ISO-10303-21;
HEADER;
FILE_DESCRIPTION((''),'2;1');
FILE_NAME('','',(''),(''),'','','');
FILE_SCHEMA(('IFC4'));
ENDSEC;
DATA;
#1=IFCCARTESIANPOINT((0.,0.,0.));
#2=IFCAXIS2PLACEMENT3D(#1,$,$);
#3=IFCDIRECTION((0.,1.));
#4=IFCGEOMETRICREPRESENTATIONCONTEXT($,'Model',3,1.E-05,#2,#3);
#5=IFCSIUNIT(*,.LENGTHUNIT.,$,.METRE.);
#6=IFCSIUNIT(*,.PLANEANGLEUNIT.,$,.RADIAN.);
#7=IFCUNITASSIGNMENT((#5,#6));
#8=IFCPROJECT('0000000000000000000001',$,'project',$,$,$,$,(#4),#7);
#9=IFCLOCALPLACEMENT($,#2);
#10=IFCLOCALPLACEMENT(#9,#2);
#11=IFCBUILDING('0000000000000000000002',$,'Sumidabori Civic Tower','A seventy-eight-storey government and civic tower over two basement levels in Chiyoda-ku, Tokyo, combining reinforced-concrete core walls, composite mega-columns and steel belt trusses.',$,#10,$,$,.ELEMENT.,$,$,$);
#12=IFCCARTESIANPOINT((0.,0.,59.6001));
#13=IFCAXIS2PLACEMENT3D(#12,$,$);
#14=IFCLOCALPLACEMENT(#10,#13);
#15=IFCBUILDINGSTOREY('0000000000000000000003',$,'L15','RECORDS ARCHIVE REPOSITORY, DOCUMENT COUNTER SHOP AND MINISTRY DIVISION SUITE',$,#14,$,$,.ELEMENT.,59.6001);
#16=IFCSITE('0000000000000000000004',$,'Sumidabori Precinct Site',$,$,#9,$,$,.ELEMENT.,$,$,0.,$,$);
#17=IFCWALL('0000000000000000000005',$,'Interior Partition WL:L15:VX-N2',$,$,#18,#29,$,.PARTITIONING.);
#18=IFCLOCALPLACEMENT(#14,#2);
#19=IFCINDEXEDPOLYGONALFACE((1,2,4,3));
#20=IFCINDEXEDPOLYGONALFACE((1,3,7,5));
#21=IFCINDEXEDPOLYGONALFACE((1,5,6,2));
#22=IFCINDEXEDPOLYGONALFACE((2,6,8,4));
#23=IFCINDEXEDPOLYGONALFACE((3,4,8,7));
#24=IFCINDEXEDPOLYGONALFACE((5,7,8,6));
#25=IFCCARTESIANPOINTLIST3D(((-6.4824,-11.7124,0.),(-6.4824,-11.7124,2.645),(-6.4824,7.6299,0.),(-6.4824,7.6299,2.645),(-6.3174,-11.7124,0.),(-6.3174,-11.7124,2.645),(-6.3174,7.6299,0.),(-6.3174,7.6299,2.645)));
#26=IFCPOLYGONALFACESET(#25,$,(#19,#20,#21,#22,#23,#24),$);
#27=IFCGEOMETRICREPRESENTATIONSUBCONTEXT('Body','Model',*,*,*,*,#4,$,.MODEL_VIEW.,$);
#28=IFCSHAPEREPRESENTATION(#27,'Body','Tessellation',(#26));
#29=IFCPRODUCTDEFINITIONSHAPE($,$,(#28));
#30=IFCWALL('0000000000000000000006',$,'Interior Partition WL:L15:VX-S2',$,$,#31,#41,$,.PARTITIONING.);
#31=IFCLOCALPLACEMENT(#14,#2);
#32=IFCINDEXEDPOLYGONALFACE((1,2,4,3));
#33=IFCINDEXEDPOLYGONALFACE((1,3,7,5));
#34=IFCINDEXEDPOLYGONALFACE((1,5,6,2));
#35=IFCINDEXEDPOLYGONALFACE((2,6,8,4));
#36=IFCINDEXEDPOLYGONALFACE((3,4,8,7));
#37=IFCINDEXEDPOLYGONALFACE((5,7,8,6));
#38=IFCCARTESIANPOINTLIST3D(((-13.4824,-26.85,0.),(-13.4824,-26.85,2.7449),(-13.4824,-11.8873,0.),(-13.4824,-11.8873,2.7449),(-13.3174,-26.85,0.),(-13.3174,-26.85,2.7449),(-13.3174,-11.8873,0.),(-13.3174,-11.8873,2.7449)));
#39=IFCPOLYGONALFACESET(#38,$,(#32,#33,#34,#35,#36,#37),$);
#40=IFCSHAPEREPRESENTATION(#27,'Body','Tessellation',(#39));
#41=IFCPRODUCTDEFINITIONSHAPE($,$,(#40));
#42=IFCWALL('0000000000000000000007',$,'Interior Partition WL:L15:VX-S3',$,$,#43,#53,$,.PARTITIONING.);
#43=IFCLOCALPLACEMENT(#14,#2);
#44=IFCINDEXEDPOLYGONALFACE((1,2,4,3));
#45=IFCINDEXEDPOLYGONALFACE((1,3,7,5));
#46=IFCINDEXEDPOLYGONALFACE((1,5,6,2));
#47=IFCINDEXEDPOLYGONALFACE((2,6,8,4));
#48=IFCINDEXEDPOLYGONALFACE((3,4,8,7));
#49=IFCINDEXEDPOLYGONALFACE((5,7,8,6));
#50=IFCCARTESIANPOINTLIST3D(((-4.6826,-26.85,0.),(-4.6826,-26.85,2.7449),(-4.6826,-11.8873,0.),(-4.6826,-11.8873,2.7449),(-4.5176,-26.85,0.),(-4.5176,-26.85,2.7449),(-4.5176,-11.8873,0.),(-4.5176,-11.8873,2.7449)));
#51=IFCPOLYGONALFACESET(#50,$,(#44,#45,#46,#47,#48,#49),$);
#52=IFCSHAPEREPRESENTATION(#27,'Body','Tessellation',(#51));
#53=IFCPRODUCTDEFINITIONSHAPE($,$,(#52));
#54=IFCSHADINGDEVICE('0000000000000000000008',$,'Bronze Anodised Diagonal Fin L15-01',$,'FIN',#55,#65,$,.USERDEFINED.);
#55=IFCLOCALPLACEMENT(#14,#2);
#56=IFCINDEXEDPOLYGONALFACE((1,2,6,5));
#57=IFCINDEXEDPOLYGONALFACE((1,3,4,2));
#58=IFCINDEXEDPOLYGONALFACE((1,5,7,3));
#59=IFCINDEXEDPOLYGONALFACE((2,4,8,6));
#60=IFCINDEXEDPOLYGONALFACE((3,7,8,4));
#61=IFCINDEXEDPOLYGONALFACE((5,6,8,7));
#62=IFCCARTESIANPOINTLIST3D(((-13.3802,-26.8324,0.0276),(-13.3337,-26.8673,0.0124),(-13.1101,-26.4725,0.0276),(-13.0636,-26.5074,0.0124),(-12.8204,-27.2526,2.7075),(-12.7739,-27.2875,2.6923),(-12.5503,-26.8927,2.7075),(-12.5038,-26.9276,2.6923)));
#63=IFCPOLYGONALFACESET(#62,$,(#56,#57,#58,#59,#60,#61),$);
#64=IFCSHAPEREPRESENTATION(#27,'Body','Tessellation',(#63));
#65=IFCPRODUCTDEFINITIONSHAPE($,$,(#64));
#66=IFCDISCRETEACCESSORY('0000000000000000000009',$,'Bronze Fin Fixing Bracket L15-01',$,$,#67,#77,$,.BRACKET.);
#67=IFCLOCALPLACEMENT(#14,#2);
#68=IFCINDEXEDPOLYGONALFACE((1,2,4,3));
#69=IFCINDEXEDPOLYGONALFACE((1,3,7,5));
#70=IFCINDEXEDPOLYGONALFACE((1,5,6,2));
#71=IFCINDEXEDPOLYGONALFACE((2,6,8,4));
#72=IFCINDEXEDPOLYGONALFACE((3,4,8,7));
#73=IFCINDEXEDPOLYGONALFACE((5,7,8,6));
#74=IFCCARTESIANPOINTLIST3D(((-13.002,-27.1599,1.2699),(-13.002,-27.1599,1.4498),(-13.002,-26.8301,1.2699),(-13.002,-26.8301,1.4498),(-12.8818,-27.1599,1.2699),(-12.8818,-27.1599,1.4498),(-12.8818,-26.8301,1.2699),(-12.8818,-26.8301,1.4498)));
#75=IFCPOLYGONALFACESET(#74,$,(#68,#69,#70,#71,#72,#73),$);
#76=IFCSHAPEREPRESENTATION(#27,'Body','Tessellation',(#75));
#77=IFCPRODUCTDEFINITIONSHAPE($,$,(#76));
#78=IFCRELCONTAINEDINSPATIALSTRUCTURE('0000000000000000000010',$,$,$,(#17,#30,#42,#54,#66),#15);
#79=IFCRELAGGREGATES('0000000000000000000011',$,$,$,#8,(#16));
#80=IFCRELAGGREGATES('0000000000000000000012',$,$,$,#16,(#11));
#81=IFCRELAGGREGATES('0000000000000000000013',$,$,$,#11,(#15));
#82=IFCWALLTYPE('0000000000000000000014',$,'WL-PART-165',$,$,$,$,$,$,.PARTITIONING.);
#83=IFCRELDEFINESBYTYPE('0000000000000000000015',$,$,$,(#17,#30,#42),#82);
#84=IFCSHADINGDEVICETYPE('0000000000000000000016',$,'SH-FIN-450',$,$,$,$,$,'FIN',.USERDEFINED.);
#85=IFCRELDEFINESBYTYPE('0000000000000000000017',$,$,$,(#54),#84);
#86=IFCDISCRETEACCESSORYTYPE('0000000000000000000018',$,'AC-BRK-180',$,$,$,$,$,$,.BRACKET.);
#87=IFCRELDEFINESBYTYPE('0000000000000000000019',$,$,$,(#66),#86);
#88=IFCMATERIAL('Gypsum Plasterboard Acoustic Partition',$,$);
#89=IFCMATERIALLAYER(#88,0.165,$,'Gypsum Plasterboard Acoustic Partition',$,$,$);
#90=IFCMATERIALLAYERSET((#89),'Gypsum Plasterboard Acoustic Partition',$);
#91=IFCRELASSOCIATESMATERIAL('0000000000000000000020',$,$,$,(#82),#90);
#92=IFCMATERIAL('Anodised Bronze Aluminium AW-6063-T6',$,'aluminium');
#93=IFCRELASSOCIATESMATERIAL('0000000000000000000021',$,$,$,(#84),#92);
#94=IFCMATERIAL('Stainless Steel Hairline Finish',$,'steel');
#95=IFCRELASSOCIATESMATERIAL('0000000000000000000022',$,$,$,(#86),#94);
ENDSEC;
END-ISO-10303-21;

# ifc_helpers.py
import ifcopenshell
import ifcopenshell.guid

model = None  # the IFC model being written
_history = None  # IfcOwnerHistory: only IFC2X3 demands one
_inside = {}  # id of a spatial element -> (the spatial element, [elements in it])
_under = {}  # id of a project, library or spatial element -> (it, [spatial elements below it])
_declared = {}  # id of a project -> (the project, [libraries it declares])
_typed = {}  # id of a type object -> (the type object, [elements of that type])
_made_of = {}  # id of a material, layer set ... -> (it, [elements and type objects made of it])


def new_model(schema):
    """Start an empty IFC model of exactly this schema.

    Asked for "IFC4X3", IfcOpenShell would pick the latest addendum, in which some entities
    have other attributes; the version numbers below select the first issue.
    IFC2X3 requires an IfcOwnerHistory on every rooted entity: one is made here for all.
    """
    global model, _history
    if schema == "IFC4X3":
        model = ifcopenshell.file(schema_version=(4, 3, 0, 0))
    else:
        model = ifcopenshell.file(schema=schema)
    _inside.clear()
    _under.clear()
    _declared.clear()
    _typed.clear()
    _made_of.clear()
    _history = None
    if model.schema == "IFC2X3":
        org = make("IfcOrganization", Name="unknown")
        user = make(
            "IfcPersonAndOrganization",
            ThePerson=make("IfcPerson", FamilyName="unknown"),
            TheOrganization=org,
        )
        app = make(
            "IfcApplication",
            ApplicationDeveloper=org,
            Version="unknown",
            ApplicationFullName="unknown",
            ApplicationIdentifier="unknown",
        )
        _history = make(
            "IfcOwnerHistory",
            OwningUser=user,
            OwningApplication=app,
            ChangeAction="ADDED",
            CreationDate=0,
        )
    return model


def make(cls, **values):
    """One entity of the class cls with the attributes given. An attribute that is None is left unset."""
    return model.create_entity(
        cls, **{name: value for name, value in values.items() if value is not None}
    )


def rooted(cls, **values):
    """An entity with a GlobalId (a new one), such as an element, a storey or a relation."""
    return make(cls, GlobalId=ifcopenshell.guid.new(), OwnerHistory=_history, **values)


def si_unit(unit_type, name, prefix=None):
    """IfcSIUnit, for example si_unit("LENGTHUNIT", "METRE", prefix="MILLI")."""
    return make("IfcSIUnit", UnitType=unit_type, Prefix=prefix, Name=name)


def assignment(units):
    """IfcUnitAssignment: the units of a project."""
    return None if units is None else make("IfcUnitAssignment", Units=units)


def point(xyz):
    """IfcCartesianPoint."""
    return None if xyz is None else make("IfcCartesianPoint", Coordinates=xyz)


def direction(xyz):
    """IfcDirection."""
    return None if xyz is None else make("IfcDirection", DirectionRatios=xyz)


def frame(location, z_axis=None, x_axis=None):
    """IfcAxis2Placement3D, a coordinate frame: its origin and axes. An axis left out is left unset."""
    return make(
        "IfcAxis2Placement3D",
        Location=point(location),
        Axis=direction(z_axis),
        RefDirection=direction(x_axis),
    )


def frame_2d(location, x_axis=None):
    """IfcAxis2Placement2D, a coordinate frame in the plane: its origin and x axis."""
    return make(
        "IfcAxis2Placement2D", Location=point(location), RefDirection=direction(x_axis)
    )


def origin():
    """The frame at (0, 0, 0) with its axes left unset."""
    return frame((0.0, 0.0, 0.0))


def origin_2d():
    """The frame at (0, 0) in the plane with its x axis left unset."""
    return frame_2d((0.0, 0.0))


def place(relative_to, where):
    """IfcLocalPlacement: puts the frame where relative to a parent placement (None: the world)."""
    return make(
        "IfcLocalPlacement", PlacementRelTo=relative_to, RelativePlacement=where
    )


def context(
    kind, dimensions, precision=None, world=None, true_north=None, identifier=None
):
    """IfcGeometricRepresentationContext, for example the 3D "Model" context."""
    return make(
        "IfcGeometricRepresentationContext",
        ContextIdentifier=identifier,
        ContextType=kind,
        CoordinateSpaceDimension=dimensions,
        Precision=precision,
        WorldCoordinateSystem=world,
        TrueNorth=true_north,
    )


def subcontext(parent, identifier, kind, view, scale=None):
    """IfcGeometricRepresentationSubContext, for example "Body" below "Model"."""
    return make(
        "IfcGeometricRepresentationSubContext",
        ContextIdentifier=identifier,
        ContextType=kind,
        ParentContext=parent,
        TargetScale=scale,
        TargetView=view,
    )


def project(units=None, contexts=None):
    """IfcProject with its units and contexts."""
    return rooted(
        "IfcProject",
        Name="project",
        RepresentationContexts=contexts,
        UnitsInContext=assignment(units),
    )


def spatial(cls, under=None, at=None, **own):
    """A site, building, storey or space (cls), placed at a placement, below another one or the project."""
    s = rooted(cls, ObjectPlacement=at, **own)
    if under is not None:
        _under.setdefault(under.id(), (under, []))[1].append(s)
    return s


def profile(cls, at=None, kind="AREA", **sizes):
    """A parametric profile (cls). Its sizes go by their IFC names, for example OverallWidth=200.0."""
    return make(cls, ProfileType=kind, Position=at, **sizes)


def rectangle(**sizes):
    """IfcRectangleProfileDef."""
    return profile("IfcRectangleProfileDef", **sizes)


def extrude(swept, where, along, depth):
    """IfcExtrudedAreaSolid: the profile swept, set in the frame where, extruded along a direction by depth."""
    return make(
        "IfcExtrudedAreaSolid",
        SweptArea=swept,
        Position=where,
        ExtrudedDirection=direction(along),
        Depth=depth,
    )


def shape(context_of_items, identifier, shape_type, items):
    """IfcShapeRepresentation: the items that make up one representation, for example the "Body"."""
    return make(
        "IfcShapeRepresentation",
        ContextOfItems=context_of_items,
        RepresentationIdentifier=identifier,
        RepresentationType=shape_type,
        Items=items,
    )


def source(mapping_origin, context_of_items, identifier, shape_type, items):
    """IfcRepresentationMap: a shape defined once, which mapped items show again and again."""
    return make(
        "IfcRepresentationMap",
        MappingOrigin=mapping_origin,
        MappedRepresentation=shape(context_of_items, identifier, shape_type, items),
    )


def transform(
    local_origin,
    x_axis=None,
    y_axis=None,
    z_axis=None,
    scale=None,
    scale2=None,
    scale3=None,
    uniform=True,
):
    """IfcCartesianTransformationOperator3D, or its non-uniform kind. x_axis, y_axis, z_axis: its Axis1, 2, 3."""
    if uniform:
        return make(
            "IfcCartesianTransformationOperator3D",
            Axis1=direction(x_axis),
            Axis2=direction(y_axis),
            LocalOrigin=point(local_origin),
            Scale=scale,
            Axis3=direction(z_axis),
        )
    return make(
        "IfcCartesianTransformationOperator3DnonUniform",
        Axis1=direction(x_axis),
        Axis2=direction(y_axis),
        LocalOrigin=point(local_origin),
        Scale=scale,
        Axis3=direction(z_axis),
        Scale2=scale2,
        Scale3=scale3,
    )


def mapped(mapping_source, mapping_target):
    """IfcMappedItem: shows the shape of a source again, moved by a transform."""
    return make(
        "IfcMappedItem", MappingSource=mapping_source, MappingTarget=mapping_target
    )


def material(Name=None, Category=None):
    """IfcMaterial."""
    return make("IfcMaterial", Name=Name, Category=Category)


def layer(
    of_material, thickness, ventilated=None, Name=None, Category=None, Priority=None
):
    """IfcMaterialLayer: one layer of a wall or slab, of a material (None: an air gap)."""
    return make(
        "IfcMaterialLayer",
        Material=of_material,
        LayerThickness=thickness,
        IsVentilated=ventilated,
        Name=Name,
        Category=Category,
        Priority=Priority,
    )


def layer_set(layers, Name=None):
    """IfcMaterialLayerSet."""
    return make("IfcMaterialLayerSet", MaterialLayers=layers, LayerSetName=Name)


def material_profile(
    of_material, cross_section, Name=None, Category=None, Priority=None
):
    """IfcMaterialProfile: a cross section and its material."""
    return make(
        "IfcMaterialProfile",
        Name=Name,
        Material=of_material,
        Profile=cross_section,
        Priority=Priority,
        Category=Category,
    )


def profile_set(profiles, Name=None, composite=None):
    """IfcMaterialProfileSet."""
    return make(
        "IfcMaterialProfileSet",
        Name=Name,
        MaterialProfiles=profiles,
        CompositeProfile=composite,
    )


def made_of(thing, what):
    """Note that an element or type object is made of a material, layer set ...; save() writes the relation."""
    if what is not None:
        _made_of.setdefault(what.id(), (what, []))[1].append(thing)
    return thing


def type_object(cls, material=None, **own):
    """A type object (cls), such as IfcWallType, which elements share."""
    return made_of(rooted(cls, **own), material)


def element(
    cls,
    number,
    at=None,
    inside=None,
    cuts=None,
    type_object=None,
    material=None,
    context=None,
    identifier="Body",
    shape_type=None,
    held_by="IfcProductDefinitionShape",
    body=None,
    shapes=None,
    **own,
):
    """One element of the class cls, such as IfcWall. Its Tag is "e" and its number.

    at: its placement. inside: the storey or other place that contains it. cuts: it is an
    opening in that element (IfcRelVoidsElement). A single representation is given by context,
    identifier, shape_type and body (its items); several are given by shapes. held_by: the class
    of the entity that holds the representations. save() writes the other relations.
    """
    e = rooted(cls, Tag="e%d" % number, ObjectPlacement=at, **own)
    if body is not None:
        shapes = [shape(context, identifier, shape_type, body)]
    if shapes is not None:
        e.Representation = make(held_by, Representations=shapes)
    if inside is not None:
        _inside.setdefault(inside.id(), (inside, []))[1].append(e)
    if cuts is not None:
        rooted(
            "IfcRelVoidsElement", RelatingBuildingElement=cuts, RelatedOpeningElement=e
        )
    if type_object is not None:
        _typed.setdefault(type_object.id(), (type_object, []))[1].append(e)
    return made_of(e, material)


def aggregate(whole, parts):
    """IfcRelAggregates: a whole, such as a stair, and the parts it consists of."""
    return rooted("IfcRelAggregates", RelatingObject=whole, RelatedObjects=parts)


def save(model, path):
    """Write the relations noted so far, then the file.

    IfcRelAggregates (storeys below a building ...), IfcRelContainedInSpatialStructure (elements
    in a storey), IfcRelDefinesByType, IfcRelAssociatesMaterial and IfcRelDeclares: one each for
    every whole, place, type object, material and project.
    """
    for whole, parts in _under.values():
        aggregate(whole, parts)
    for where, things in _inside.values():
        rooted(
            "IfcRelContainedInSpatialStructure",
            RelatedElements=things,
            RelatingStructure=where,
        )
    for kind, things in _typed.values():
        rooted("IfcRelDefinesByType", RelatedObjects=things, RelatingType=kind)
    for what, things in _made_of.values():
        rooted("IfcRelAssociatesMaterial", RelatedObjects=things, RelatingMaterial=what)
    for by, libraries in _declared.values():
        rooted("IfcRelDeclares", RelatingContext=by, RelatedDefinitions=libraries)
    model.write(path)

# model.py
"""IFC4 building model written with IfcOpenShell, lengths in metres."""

from ifc_helpers import new_model, si_unit, direction, frame, frame_2d, origin, origin_2d, place, context, subcontext, project, spatial, rectangle, extrude, source, transform, mapped, material, layer, layer_set, material_profile, profile_set, type_object, element, save


model = new_model("IFC4")

# Units and contexts
model_context = context("Model", 3, precision=1e-05, world=origin(), true_north=direction((0.0, 1.0)))
body_context = subcontext(model_context, "Body", "Model", "MODEL_VIEW")
ifc_project = project(units=[si_unit("LENGTHUNIT", "METRE"), si_unit("PLANEANGLEUNIT", "RADIAN")], contexts=[model_context])

# Site, building, storey
site_placement = place(None, origin())
site = spatial("IfcSite", under=ifc_project, at=site_placement, Name="Sumidabori Precinct Site", CompositionType="ELEMENT", RefElevation=0.0)
building_placement = place(site_placement, origin())
building = spatial("IfcBuilding", under=site, at=building_placement, Name="Sumidabori Civic Tower", Description="A seventy-eight-storey government and civic tower over two basement levels in Chiyoda-ku, Tokyo, combining reinforced-concrete core walls, composite mega-columns and steel belt trusses.", CompositionType="ELEMENT")
storey_placement = place(building_placement, frame((0.0, 0.0, 59.6001)))
storey = spatial("IfcBuildingStorey", under=building, at=storey_placement, Name="L15", Description="RECORDS ARCHIVE REPOSITORY, DOCUMENT COUNTER SHOP AND MINISTRY DIVISION SUITE", CompositionType="ELEMENT", Elevation=59.6001)

# Shared definitions
ifc_material_1 = material(Name="Anodised Bronze Aluminium AW-6063-T6", Category="aluminium")

# Walls
ifc_material_2 = material(Name="Gypsum Plasterboard Acoustic Partition")
ifc_layer_1 = layer(ifc_material_2, 0.165, Name="Gypsum Plasterboard Acoustic Partition")
ifc_layer_set_1 = layer_set([ifc_layer_1], Name="Gypsum Plasterboard Acoustic Partition")
wall_type = type_object("IfcWallType", Name="WL-PART-165", PredefinedType="PARTITIONING", material=ifc_layer_set_1)
shared_shape_1 = source(origin(), body_context, "Body", "SweptSolid", [
    extrude(rectangle(XDim=19.3423, YDim=0.165, at=frame_2d((9.6711, 0.0))), origin(), (0.0, 0.0, 1.0), 2.645),
])
wall_placement = place(storey_placement, frame((-6.3999, -11.7124, 0.0), z_axis=(0.0, 0.0, 1.0), x_axis=(0.0, 1.0, 0.0)))
element("IfcWall", 1, at=wall_placement, inside=storey, type_object=wall_type, Name="Interior Partition WL:L15:VX-N2", PredefinedType="PARTITIONING", context=body_context, shape_type="MappedRepresentation", body=[
    mapped(shared_shape_1, transform((0.0, 0.0, 0.0), x_axis=(1.0, 0.0, 0.0), y_axis=(0.0, 1.0, 0.0), z_axis=(0.0, 0.0, 1.0), scale=1.0)),
])
shared_shape_2 = source(origin(), body_context, "Body", "SweptSolid", [
    extrude(rectangle(XDim=14.9626, YDim=0.165, at=frame_2d((7.4814, 0.0))), origin(), (0.0, 0.0, 1.0), 2.7449),
])
for number, where, z_axis, x_axis, name in (
    (2, (-13.3999, -26.8501, 0.0), (0.0, 0.0, 1.0), (0.0, 1.0, 0.0), "Interior Partition WL:L15:VX-S2"),
    (3, (-4.6001, -26.8501, 0.0), (0.0, 0.0, 1.0), (0.0, 1.0, 0.0), "Interior Partition WL:L15:VX-S3"),
):
    element("IfcWall", number, at=place(storey_placement, frame(where, z_axis=z_axis, x_axis=x_axis)), inside=storey, type_object=wall_type, Name=name, PredefinedType="PARTITIONING", context=body_context, shape_type="MappedRepresentation", body=[
        mapped(shared_shape_2, transform((0.0, 0.0, 0.0), x_axis=(1.0, 0.0, 0.0), y_axis=(0.0, 1.0, 0.0), z_axis=(0.0, 0.0, 1.0), scale=1.0)),
    ])

# Shading device
ifc_material_profile_1 = material_profile(ifc_material_1, rectangle(XDim=0.0601, YDim=0.45, at=origin_2d()), Name="BRONZE FIN 450x60")
ifc_profile_set_1 = profile_set([ifc_material_profile_1], Name="Anodised Bronze Aluminium AW-6063-T6")
shading_device_type = type_object("IfcShadingDeviceType", Name="SH-FIN-450", ElementType="FIN", PredefinedType="USERDEFINED", material=ifc_profile_set_1)
shared_shape_3 = source(origin(), body_context, "Body", "SweptSolid", [
    extrude(rectangle(XDim=0.0601, YDim=0.45, at=origin_2d()), origin(), (0.0, 0.0, 1.0), 2.7698),
])
shading_device_placement = place(storey_placement, frame((-13.2219, -26.6699, 0.02), z_axis=(0.202111, -0.151694, 0.967543), x_axis=(0.773832, -0.580796, -0.252705)))
element("IfcShadingDevice", 4, at=shading_device_placement, inside=storey, type_object=shading_device_type, Name="Bronze Anodised Diagonal Fin L15-01", ObjectType="FIN", PredefinedType="USERDEFINED", context=body_context, shape_type="MappedRepresentation", body=[
    mapped(shared_shape_3, transform((0.0, 0.0, 0.0), x_axis=(1.0, 0.0, 0.0), y_axis=(0.0, 1.0, 0.0), z_axis=(0.0, 0.0, 1.0), scale=1.0)),
])

# Discrete accessory
ifc_material_3 = material(Name="Stainless Steel Hairline Finish", Category="steel")
ifc_material_profile_2 = material_profile(ifc_material_3, rectangle(XDim=0.1201, YDim=0.1799, at=origin_2d()), Name="STEEL BRACKET 180x120")
ifc_profile_set_2 = profile_set([ifc_material_profile_2], Name="Stainless Steel Hairline Finish")
discrete_accessory_type = type_object("IfcDiscreteAccessoryType", Name="AC-BRK-180", PredefinedType="BRACKET", material=ifc_profile_set_2)
shared_shape_4 = source(origin(), body_context, "Body", "SweptSolid", [
    extrude(rectangle(XDim=0.1201, YDim=0.1799, at=origin_2d()), origin(), (0.0, 0.0, 1.0), 0.3298),
])
discrete_accessory_placement = place(storey_placement, frame((-12.9419, -26.8301, 1.3599), z_axis=(0.0, -1.0, 0.0), x_axis=(1.0, 0.0, 0.0)))
element("IfcDiscreteAccessory", 5, at=discrete_accessory_placement, inside=storey, type_object=discrete_accessory_type, Name="Bronze Fin Fixing Bracket L15-01", PredefinedType="BRACKET", context=body_context, shape_type="MappedRepresentation", body=[
    mapped(shared_shape_4, transform((0.0, 0.0, 0.0), x_axis=(1.0, 0.0, 0.0), y_axis=(0.0, 1.0, 0.0), z_axis=(0.0, 0.0, 1.0), scale=1.0)),
])

save(model, "model.ifc")
